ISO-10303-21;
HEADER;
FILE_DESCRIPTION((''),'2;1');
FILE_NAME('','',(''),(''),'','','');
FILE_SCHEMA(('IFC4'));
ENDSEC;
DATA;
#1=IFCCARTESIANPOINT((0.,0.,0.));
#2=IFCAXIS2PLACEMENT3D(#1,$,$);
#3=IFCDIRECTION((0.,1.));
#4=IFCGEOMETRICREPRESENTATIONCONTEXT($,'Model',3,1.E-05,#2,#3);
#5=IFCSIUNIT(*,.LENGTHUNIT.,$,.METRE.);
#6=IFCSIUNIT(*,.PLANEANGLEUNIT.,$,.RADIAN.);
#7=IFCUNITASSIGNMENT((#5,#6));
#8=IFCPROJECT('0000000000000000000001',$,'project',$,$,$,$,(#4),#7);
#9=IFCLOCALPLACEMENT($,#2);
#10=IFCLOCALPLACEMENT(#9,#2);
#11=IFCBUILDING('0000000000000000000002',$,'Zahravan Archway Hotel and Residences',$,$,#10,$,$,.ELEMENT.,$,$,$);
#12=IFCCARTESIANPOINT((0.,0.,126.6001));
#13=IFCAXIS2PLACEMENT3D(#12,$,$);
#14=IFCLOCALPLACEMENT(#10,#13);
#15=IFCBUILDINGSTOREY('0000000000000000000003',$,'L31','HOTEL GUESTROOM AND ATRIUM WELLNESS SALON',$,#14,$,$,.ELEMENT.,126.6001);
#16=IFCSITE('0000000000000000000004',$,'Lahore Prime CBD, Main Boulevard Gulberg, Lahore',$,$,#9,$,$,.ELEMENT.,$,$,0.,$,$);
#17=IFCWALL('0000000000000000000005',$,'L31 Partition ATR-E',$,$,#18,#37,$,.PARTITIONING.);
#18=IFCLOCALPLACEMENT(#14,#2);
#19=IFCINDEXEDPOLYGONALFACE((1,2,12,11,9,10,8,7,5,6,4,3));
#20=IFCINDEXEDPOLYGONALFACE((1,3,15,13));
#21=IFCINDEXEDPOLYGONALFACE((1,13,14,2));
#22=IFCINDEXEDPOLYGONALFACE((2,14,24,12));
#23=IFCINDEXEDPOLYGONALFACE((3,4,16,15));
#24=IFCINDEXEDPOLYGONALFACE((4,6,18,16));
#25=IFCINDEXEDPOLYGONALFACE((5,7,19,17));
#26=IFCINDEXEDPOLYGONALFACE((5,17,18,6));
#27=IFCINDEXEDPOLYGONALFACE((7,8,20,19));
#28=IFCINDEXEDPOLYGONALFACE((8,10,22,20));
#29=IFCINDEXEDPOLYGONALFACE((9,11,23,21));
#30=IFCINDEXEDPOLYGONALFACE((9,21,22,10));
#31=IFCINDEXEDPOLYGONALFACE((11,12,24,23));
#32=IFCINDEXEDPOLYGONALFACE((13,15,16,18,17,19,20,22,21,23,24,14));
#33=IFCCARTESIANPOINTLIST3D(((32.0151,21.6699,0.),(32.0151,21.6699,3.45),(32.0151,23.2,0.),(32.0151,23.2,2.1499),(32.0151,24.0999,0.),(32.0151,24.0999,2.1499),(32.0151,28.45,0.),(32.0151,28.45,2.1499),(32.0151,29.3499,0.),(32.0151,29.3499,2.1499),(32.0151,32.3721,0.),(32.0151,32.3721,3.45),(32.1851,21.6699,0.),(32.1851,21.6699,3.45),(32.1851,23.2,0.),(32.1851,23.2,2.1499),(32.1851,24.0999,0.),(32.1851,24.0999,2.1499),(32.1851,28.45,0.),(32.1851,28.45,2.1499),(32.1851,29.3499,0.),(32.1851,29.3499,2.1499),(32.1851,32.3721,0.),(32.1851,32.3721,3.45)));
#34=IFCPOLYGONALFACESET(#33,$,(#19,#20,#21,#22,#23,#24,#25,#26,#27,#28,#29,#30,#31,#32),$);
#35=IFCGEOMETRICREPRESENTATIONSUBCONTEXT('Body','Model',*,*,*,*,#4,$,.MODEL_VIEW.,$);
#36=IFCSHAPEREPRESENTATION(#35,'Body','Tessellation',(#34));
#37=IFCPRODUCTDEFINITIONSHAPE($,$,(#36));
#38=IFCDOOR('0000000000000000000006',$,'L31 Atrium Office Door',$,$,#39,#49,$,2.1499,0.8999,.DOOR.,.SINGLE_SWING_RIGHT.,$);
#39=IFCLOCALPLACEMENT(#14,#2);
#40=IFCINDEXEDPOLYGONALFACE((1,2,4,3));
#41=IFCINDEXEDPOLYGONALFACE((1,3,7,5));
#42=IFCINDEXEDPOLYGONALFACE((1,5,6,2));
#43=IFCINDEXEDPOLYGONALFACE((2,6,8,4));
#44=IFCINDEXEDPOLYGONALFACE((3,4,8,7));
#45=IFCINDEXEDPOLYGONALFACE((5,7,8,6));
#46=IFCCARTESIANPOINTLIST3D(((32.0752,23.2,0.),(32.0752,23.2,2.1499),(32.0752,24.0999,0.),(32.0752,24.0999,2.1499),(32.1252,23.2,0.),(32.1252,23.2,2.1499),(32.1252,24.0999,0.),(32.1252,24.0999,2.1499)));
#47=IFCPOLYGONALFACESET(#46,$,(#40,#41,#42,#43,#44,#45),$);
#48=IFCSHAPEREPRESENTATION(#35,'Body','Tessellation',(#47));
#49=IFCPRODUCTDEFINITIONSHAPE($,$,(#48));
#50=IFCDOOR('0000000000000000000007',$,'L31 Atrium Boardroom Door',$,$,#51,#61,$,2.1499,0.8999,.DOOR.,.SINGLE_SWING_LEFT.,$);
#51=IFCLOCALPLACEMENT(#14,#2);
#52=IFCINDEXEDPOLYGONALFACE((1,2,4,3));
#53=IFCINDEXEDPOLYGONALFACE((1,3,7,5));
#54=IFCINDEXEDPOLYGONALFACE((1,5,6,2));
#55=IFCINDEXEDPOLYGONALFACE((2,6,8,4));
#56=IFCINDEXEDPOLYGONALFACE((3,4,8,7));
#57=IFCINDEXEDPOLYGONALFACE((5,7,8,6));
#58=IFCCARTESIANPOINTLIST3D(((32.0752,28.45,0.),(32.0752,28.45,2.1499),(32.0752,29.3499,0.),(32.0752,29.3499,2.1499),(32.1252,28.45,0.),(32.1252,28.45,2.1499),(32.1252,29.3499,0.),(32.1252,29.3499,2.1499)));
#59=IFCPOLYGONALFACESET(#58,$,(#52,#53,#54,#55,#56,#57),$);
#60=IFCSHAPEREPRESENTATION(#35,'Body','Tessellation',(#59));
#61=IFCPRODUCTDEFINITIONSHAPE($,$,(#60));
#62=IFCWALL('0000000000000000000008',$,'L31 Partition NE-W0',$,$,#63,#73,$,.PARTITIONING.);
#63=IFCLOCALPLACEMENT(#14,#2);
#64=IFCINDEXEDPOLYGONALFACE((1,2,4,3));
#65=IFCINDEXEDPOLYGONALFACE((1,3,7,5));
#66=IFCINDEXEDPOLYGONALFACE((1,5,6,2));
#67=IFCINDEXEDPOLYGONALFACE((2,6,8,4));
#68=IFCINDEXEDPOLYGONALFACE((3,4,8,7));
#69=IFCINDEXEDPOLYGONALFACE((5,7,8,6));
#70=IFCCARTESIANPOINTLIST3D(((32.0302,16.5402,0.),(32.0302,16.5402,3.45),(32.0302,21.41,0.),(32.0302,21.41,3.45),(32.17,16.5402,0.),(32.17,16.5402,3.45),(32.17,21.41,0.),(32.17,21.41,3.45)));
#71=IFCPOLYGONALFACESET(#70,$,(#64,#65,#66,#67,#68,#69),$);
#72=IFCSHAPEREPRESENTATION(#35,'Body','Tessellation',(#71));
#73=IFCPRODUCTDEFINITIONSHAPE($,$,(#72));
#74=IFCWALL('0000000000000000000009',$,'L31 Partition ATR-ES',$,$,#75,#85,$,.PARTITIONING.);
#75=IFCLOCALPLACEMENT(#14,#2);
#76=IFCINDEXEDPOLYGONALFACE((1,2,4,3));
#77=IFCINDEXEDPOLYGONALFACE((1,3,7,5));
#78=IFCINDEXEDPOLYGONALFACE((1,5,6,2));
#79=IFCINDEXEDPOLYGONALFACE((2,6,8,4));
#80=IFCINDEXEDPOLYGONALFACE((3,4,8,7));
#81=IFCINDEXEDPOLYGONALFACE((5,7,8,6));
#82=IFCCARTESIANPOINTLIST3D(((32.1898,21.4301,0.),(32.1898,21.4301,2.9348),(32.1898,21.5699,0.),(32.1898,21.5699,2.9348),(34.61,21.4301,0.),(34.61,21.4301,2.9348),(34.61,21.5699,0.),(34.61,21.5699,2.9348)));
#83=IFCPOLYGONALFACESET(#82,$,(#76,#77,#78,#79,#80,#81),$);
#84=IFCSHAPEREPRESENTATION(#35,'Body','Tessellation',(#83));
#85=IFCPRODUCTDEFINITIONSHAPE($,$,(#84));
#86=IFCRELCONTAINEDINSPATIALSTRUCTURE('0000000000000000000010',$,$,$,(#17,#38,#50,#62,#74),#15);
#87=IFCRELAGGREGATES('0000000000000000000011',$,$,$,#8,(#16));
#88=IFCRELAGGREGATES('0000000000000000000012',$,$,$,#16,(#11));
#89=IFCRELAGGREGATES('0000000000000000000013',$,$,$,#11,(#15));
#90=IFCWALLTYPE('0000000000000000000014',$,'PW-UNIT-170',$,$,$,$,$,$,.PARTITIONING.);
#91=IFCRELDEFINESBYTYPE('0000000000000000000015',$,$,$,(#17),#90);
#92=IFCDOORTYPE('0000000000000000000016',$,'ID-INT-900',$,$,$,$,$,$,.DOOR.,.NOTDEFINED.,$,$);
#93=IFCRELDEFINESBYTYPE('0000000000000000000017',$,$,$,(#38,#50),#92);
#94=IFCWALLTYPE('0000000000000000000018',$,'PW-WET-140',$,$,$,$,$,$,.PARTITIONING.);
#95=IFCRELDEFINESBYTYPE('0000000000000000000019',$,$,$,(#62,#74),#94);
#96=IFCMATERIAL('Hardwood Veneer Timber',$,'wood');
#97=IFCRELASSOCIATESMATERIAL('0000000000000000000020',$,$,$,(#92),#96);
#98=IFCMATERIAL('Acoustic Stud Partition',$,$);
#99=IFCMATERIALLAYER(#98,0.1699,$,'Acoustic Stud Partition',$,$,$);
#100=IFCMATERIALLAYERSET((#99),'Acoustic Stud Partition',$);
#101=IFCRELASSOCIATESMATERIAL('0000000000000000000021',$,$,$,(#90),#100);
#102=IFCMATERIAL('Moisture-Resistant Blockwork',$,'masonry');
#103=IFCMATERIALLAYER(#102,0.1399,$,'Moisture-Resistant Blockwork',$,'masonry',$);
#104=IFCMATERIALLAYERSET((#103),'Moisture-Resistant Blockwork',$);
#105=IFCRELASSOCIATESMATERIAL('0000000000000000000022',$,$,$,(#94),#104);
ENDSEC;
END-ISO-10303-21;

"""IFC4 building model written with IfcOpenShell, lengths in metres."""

from ifc_helpers import new_model, si_unit, direction, frame, frame_2d, origin, place, context, subcontext, project, spatial, rectangle, extrude, source, transform, mapped, material, layer, layer_set, type_object, type_shapes, element, fill, save


model = new_model("IFC4")

# Units and contexts
model_context = context("Model", 3, precision=1e-05, world=origin(), true_north=direction((0.0, 1.0)))
body_context = subcontext(model_context, "Body", "Model", "MODEL_VIEW")
ifc_project = project(units=[si_unit("LENGTHUNIT", "METRE"), si_unit("PLANEANGLEUNIT", "RADIAN")], contexts=[model_context])

# Site, building, storey
site_placement = place(None, origin())
site = spatial("IfcSite", under=ifc_project, at=site_placement, Name="Lahore Prime CBD, Main Boulevard Gulberg, Lahore", CompositionType="ELEMENT", RefElevation=0.0)
building_placement = place(site_placement, origin())
building = spatial("IfcBuilding", under=site, at=building_placement, Name="Zahravan Archway Hotel and Residences", CompositionType="ELEMENT")
storey_placement = place(building_placement, frame((0.0, 0.0, 126.6001)))
storey = spatial("IfcBuildingStorey", under=building, at=storey_placement, Name="L31", Description="HOTEL GUESTROOM AND ATRIUM WELLNESS SALON", CompositionType="ELEMENT", Elevation=126.6001)

# Wall, openings, doors
ifc_material_1 = material(Name="Hardwood Veneer Timber", Category="wood")
door_type_1 = type_object("IfcDoorType", Name="ID-INT-900", OperationType="NOTDEFINED", PredefinedType="DOOR", material=ifc_material_1)
shared_shape_1 = source(origin(), body_context, "Body", "SweptSolid", [
    extrude(rectangle(XDim=0.8999, YDim=2.1499, at=frame_2d((0.45, 1.075))), frame((0.0, 0.0249, 0.0), z_axis=(0.0, -1.0, 0.0), x_axis=(1.0, 0.0, 0.0)), (0.0, 0.0, 1.0), 0.05),
])
type_shapes(door_type_1, [shared_shape_1])
ifc_material_2 = material(Name="Acoustic Stud Partition")
ifc_layer_1 = layer(ifc_material_2, 0.1699, Name="Acoustic Stud Partition")
ifc_layer_set_1 = layer_set([ifc_layer_1], Name="Acoustic Stud Partition")
wall_type_1 = type_object("IfcWallType", Name="PW-UNIT-170", PredefinedType="PARTITIONING", material=ifc_layer_set_1)
wall_1_placement = place(storey_placement, frame((32.1001, 21.6699, 0.0), z_axis=(0.0, 0.0, 1.0), x_axis=(0.0, 1.0, 0.0)))
wall_1 = element("IfcWall", 1, at=wall_1_placement, inside=storey, type_object=wall_type_1, Name="L31 Partition ATR-E", PredefinedType="PARTITIONING", context=body_context, shape_type="SweptSolid", body=[
    extrude(rectangle(XDim=10.7021, YDim=0.1699, at=frame_2d((5.3511, 0.0))), origin(), (0.0, 0.0, 1.0), 3.45),
])
opening_1_placement = place(wall_1_placement, frame((1.53, 0.0, 0.0)))
opening_1 = element("IfcOpeningElement", 2, at=opening_1_placement, cuts=wall_1, PredefinedType="OPENING", context=body_context, shape_type="SweptSolid", body=[
    extrude(rectangle(XDim=0.8999, YDim=2.1499, at=frame_2d((0.45, 1.075))), frame((0.0, 0.095, 0.0), z_axis=(0.0, -1.0, 0.0), x_axis=(1.0, 0.0, 0.0)), (0.0, 0.0, 1.0), 0.1899),
])
opening_2_placement = place(wall_1_placement, frame((6.78, 0.0, 0.0)))
opening_2 = element("IfcOpeningElement", 3, at=opening_2_placement, cuts=wall_1, PredefinedType="OPENING", context=body_context, shape_type="SweptSolid", body=[
    extrude(rectangle(XDim=0.8999, YDim=2.1499, at=frame_2d((0.45, 1.075))), frame((0.0, 0.095, 0.0), z_axis=(0.0, -1.0, 0.0), x_axis=(1.0, 0.0, 0.0)), (0.0, 0.0, 1.0), 0.1899),
])
door_1_placement = place(opening_1_placement, origin())
door_1 = element("IfcDoor", 4, at=door_1_placement, inside=storey, type_object=door_type_1, Name="L31 Atrium Office Door", OperationType="SINGLE_SWING_RIGHT", OverallHeight=2.1499, OverallWidth=0.8999, PredefinedType="DOOR", context=body_context, shape_type="MappedRepresentation", body=[
    mapped(shared_shape_1, transform((0.0, 0.0, 0.0), scale=1.0)),
])
fill(opening_1, door_1)
door_2_placement = place(opening_2_placement, origin())
door_2 = element("IfcDoor", 5, at=door_2_placement, inside=storey, type_object=door_type_1, Name="L31 Atrium Boardroom Door", OperationType="SINGLE_SWING_LEFT", OverallHeight=2.1499, OverallWidth=0.8999, PredefinedType="DOOR", context=body_context, shape_type="MappedRepresentation", body=[
    mapped(shared_shape_1, transform((0.0, 0.0, 0.0), scale=1.0)),
])
fill(opening_2, door_2)

# Walls
ifc_material_3 = material(Name="Moisture-Resistant Blockwork", Category="masonry")
ifc_layer_2 = layer(ifc_material_3, 0.1399, Name="Moisture-Resistant Blockwork", Category="masonry")
ifc_layer_set_2 = layer_set([ifc_layer_2], Name="Moisture-Resistant Blockwork")
wall_type_2 = type_object("IfcWallType", Name="PW-WET-140", PredefinedType="PARTITIONING", material=ifc_layer_set_2)
wall_2_placement = place(storey_placement, frame((32.1001, 16.54, 0.0), z_axis=(0.0, 0.0, 1.0), x_axis=(0.0, 1.0, 0.0)))
element("IfcWall", 6, at=wall_2_placement, inside=storey, type_object=wall_type_2, Name="L31 Partition NE-W0", PredefinedType="PARTITIONING", context=body_context, shape_type="SweptSolid", body=[
    extrude(rectangle(XDim=4.8699, YDim=0.1399, at=frame_2d((2.4351, 0.0))), origin(), (0.0, 0.0, 1.0), 3.45),
])
wall_3_placement = place(storey_placement, frame((32.1899, 21.5, 0.0), z_axis=(0.0, 0.0, 1.0), x_axis=(1.0, 0.0, 0.0)))
element("IfcWall", 7, at=wall_3_placement, inside=storey, type_object=wall_type_2, Name="L31 Partition ATR-ES", PredefinedType="PARTITIONING", context=body_context, shape_type="SweptSolid", body=[
    extrude(rectangle(XDim=2.4202, YDim=0.1399, at=frame_2d((1.21, 0.0))), origin(), (0.0, 0.0, 1.0), 2.9348),
])

save(model, "model.ifc")
